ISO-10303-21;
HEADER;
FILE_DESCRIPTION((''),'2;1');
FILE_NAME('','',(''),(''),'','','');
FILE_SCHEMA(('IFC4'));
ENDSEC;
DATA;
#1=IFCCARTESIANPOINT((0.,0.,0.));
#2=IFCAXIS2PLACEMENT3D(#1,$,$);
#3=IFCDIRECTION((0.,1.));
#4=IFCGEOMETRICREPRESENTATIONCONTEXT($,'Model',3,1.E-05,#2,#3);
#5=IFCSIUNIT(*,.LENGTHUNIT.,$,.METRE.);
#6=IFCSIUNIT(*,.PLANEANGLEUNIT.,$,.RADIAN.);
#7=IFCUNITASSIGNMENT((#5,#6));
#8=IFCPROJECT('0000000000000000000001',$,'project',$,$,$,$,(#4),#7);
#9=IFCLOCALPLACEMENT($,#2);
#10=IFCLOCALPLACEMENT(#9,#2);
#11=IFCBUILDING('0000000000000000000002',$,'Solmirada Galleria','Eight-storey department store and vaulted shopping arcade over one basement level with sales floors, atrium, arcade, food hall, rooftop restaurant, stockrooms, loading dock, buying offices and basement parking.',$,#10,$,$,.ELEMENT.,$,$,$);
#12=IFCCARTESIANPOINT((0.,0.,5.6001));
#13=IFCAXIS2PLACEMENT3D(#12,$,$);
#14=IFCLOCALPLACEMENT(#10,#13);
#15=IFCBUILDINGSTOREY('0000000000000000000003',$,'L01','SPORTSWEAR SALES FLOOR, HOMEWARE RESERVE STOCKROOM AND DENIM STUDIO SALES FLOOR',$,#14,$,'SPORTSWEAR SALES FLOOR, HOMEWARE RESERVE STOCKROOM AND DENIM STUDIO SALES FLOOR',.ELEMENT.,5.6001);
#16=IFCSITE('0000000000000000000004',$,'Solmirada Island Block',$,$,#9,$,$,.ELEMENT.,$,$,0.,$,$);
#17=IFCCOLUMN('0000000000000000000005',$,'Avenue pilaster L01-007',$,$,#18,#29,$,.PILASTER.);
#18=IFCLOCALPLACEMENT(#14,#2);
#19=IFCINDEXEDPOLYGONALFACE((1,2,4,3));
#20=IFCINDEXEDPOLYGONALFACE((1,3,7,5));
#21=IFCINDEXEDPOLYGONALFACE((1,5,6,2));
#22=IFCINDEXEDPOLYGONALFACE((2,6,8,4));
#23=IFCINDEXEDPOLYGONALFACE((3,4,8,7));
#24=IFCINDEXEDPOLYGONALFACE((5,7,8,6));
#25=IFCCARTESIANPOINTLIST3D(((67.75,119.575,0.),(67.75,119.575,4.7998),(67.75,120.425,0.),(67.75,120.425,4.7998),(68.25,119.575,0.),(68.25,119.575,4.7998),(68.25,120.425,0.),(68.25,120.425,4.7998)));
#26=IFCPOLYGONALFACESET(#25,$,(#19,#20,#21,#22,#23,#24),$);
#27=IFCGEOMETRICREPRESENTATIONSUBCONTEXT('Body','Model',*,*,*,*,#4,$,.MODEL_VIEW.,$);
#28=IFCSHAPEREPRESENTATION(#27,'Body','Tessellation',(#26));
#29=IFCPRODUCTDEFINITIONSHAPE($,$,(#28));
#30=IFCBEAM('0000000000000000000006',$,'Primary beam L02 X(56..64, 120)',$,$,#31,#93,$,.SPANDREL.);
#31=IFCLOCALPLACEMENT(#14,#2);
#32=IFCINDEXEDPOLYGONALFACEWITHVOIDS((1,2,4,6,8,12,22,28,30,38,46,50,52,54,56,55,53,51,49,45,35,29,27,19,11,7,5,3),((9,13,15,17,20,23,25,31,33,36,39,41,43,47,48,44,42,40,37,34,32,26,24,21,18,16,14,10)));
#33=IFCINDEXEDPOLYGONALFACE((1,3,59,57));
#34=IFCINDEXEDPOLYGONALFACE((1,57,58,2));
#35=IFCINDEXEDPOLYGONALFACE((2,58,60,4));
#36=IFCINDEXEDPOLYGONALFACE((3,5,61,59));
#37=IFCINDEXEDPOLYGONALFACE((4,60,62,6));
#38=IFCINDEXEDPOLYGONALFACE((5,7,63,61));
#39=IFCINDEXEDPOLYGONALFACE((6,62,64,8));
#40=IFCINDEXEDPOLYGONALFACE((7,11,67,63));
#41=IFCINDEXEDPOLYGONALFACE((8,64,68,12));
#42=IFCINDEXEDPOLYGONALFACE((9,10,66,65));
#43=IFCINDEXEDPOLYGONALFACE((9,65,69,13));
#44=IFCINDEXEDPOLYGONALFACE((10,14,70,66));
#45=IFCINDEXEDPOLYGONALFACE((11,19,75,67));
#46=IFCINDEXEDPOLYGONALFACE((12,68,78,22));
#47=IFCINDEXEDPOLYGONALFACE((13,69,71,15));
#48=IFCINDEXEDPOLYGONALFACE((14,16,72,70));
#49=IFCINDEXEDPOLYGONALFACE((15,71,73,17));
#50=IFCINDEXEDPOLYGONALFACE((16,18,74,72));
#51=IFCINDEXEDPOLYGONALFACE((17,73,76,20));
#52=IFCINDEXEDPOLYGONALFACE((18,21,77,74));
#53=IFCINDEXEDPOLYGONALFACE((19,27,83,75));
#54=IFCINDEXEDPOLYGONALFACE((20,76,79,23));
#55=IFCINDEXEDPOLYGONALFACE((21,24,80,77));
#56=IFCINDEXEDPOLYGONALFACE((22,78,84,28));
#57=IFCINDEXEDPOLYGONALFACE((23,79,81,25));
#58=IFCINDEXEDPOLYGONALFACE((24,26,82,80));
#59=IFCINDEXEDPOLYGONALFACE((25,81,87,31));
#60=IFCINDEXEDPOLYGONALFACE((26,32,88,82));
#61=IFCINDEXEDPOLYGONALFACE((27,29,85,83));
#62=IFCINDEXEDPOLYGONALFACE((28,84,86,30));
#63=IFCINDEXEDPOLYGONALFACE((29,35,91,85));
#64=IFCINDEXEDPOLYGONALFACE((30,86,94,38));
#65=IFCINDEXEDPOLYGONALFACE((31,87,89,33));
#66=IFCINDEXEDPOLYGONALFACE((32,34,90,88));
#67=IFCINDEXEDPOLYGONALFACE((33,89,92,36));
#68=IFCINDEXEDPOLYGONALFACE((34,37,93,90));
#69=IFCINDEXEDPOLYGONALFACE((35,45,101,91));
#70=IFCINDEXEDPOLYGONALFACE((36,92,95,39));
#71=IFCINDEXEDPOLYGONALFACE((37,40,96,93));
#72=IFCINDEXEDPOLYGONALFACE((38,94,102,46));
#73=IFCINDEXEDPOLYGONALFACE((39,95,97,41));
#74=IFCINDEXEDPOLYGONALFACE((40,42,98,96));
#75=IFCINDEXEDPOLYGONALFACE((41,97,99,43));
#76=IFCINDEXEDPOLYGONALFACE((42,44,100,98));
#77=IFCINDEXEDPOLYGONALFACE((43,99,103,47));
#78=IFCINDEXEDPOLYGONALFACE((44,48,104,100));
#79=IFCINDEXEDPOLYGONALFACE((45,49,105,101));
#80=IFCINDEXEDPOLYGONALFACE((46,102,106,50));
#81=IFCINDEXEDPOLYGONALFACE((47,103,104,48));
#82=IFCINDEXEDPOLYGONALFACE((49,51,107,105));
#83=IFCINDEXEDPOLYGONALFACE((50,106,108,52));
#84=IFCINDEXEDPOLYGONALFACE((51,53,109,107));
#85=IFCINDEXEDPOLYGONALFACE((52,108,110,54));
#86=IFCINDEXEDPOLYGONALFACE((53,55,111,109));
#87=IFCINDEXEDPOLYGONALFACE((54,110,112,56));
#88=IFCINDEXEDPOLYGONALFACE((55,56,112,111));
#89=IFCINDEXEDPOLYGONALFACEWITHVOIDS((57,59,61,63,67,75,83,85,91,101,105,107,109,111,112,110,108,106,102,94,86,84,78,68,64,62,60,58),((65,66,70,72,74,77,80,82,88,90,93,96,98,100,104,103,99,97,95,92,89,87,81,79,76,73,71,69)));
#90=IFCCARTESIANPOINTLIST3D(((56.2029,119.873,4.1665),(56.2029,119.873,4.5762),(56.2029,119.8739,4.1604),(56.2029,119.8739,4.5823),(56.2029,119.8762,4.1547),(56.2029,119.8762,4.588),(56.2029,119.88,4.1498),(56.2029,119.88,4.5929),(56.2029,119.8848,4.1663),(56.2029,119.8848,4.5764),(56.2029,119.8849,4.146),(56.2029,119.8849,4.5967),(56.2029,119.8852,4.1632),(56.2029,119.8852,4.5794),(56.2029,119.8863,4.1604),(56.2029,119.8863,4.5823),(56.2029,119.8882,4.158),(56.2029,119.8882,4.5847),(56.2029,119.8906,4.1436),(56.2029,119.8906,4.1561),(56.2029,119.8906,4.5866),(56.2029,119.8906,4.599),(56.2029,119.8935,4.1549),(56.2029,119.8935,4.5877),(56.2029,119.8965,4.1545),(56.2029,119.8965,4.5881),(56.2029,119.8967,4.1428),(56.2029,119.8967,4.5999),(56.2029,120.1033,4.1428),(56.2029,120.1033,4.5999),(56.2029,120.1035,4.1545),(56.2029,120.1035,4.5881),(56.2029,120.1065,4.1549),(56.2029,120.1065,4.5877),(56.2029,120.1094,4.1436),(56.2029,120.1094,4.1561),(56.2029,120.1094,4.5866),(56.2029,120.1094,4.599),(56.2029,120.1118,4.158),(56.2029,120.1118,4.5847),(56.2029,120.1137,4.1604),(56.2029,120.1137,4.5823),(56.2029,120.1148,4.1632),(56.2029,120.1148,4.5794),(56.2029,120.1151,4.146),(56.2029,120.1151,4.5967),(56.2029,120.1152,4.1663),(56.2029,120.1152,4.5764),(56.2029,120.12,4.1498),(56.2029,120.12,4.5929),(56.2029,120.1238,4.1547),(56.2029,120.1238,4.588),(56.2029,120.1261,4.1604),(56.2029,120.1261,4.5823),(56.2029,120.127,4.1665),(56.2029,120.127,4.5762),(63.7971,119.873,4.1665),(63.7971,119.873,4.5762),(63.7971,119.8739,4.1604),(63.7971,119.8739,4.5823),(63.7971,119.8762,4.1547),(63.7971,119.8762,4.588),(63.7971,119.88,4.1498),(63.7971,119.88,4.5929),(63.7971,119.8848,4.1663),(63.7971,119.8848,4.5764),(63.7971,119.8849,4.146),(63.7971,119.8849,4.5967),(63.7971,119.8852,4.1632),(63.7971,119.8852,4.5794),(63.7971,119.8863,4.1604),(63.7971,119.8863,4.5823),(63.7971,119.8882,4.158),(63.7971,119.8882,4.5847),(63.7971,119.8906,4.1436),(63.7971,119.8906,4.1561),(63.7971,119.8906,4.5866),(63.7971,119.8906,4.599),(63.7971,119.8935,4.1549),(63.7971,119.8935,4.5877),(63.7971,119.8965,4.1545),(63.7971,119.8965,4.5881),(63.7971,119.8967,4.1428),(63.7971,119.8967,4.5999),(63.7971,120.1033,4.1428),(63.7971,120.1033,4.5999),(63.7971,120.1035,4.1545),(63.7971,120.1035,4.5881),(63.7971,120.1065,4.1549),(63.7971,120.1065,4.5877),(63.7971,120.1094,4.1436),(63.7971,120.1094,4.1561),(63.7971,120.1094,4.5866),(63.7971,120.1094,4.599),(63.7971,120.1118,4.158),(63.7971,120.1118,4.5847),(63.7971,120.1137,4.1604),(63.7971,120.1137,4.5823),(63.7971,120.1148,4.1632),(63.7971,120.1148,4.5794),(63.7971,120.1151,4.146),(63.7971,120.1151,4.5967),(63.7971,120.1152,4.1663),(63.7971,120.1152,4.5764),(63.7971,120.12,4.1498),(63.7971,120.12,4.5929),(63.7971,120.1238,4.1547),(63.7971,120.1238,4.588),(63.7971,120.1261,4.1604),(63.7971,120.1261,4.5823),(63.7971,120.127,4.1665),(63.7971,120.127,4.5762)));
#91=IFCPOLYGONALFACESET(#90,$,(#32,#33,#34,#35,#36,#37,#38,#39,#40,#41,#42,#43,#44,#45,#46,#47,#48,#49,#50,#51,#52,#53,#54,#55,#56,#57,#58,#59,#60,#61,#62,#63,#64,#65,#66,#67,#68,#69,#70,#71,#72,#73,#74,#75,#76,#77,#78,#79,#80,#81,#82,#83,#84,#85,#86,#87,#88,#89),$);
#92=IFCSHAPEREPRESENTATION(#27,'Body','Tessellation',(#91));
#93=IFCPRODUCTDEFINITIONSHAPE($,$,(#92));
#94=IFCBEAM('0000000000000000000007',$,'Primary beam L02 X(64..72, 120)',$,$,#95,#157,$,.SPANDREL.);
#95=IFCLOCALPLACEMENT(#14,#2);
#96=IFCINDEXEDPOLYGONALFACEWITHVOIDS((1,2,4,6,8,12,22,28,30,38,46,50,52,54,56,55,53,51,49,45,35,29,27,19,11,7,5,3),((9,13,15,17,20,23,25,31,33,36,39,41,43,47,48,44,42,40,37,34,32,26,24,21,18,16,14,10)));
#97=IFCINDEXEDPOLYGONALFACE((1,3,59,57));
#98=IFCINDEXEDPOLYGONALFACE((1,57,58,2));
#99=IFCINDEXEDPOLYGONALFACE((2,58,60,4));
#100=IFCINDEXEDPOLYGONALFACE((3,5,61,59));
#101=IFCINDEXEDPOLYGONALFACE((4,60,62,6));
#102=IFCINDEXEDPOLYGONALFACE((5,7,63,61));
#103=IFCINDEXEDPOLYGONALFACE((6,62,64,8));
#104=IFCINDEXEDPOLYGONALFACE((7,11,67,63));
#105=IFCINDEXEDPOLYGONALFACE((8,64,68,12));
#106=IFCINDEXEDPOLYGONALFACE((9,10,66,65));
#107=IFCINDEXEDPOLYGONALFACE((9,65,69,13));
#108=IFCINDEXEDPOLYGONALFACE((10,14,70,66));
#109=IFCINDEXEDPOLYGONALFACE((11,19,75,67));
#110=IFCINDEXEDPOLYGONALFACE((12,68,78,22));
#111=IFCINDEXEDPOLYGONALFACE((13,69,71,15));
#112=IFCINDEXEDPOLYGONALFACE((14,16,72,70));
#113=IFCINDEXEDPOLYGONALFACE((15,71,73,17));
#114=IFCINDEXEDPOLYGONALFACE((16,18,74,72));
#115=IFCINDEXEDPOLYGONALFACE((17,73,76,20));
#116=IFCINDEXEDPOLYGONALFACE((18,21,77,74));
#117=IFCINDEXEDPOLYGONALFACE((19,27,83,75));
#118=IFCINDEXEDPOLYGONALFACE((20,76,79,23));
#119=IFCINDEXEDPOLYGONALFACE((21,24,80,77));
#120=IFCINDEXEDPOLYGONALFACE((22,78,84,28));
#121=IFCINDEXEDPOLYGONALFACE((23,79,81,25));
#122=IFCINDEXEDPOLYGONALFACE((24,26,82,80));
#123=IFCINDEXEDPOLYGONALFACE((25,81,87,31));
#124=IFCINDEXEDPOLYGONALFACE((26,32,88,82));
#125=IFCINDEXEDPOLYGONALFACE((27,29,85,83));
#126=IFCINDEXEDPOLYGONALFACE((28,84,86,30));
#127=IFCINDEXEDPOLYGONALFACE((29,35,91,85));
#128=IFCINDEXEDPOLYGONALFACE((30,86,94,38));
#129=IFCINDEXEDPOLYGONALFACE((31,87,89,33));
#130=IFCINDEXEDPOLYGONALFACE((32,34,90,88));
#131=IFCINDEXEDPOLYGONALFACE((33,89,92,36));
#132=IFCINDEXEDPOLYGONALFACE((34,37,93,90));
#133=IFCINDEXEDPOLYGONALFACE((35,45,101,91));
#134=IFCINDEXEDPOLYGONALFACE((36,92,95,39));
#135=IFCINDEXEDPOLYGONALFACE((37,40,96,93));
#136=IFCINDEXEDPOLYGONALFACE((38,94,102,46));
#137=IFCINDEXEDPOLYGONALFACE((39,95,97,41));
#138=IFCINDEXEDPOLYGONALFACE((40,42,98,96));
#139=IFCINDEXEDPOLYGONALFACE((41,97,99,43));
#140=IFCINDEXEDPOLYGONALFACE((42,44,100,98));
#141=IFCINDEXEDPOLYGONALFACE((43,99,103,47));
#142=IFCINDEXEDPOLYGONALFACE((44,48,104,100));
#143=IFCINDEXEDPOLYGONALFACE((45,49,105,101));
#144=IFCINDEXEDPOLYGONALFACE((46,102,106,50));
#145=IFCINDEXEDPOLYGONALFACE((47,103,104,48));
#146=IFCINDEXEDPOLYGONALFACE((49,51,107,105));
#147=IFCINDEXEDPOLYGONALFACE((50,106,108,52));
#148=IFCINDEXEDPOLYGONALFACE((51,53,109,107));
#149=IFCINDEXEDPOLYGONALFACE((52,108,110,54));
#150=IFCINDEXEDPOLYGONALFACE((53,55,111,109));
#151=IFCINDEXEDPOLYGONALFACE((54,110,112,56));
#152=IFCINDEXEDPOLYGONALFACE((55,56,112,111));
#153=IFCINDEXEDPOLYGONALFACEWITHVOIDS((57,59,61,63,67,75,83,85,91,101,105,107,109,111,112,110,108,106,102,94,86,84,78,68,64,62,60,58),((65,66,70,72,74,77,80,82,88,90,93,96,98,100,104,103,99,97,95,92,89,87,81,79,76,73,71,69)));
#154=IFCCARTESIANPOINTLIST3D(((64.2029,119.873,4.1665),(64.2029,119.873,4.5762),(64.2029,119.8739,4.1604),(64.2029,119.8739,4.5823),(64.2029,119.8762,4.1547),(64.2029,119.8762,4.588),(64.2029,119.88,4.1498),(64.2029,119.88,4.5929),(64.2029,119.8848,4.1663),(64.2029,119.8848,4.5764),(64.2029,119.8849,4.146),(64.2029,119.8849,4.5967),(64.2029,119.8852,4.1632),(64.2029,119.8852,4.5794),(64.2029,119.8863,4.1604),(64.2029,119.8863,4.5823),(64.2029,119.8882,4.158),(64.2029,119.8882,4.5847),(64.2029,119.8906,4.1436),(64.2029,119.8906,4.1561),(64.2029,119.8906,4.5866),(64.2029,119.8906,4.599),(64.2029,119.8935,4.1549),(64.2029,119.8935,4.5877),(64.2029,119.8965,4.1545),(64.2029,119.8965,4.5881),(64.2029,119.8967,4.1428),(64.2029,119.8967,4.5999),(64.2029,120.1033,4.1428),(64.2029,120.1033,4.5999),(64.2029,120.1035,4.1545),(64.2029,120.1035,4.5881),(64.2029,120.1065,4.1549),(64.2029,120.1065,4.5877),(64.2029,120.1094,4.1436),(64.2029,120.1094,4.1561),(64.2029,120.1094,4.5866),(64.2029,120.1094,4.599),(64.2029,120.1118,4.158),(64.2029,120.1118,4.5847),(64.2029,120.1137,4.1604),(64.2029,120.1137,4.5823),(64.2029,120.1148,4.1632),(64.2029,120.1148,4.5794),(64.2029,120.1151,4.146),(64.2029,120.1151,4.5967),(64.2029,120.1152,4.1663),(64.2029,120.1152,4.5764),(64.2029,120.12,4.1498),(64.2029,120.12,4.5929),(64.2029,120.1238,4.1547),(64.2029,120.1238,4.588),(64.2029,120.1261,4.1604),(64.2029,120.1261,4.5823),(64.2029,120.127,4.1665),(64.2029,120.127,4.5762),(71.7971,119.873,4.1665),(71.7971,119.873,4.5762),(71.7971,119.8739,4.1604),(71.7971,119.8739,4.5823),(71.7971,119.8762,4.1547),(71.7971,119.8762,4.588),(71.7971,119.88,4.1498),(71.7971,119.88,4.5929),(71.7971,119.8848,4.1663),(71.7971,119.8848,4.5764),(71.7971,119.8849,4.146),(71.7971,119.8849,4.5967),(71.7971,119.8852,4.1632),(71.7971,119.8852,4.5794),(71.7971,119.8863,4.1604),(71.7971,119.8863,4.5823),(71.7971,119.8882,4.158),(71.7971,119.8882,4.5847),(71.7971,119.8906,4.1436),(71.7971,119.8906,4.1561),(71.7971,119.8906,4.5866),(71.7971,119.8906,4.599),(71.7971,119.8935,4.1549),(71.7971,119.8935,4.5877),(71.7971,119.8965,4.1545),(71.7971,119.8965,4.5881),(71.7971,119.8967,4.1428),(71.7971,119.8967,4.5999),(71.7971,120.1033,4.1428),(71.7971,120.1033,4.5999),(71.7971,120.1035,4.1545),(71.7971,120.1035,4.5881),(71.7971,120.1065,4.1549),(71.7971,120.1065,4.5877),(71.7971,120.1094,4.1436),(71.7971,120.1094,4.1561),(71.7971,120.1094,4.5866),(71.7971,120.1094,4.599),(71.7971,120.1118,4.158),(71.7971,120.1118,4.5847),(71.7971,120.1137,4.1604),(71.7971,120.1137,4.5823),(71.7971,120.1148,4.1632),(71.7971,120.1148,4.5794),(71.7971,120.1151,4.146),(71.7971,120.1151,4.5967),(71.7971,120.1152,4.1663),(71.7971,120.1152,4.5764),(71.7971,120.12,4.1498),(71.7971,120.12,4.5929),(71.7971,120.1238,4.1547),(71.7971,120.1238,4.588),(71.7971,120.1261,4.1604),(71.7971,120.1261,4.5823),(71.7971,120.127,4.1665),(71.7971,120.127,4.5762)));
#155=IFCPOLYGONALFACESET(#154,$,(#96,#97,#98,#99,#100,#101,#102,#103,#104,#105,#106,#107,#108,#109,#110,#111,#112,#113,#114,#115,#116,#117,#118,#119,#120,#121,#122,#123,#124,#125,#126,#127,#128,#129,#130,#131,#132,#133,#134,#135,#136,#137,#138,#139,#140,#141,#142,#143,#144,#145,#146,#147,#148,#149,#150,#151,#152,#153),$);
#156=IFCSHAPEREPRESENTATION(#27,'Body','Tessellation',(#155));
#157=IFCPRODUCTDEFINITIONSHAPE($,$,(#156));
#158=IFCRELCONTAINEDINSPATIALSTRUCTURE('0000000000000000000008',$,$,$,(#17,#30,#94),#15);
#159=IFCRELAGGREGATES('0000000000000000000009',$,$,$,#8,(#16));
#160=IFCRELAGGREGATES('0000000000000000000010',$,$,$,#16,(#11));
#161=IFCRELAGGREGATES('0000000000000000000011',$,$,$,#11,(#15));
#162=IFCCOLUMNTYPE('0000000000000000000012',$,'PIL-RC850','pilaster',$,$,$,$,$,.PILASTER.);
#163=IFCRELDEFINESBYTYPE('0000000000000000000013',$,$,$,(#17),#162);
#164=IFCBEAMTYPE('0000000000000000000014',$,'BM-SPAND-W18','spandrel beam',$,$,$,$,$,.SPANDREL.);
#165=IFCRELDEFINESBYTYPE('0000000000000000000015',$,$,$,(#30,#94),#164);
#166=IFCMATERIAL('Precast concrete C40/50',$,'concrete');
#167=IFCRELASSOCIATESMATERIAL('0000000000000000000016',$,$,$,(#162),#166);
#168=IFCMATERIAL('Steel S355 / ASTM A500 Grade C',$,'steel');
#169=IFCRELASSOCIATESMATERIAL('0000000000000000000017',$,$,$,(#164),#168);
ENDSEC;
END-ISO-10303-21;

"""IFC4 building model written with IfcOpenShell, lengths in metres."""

from ifc_helpers import new_model, si_unit, direction, frame, origin, origin_2d, place, context, subcontext, project, spatial, rectangle, hollow_rectangle, extrude, material, material_profile, profile_set, type_object, element, save


model = new_model("IFC4")

# Units and contexts
model_context = context("Model", 3, precision=1e-05, world=origin(), true_north=direction((0.0, 1.0)))
body_context = subcontext(model_context, "Body", "Model", "MODEL_VIEW")
ifc_project = project(units=[si_unit("LENGTHUNIT", "METRE"), si_unit("PLANEANGLEUNIT", "RADIAN")], contexts=[model_context])

# Site, building, storey
site_placement = place(None, origin())
site = spatial("IfcSite", under=ifc_project, at=site_placement, Name="Solmirada Island Block", CompositionType="ELEMENT", RefElevation=0.0)
building_placement = place(site_placement, origin())
building = spatial("IfcBuilding", under=site, at=building_placement, Name="Solmirada Galleria", Description="Eight-storey department store and vaulted shopping arcade over one basement level with sales floors, atrium, arcade, food hall, rooftop restaurant, stockrooms, loading dock, buying offices and basement parking.", CompositionType="ELEMENT")
storey_placement = place(building_placement, frame((0.0, 0.0, 5.6001)))
storey = spatial("IfcBuildingStorey", under=building, at=storey_placement, Name="L01", Description="SPORTSWEAR SALES FLOOR, HOMEWARE RESERVE STOCKROOM AND DENIM STUDIO SALES FLOOR", LongName="SPORTSWEAR SALES FLOOR, HOMEWARE RESERVE STOCKROOM AND DENIM STUDIO SALES FLOOR", CompositionType="ELEMENT", Elevation=5.6001)

# Column
ifc_material_1 = material(Name="Steel S355 / ASTM A500 Grade C", Category="steel")
ifc_material_2 = material(Name="Precast concrete C40/50", Category="concrete")
ifc_material_profile_1 = material_profile(ifc_material_2, rectangle(XDim=0.5, YDim=0.8501, at=origin_2d()), Name="RC850X500")
ifc_profile_set_1 = profile_set([ifc_material_profile_1], Name="Precast concrete C40/50")
column_type_1 = type_object("IfcColumnType", Name="PIL-RC850", Description="pilaster", PredefinedType="PILASTER", material=ifc_profile_set_1)
column_placement = place(storey_placement, frame((68.0, 120.0, 0.0), z_axis=(0.0, 0.0, 1.0), x_axis=(1.0, 0.0, 0.0)))
element("IfcColumn", 1, at=column_placement, inside=storey, type_object=column_type_1, Name="Avenue pilaster L01-007", PredefinedType="PILASTER", context=body_context, shape_type="SweptSolid", body=[
    extrude(rectangle(XDim=0.5, YDim=0.8501, at=origin_2d()), origin(), (0.0, 0.0, 1.0), 4.7998),
])

# Beams
ifc_material_profile_2 = material_profile(ifc_material_1, hollow_rectangle(XDim=0.2539, YDim=0.457, WallThickness=0.0117, InnerFilletRadius=0.0117, OuterFilletRadius=0.0237, at=origin_2d()), Name="HSS18X10X1/2")
ifc_profile_set_2 = profile_set([ifc_material_profile_2], Name="Steel S355 / ASTM A500 Grade C")
beam_type = type_object("IfcBeamType", Name="BM-SPAND-W18", Description="spandrel beam", PredefinedType="SPANDREL", material=ifc_profile_set_2)
for number, where, z_axis, x_axis, name in (
    (2, (56.2029, 120.0, 4.3713), (1.0, 0.0, 0.0), (0.0, 1.0, 0.0), "Primary beam L02 X(56..64, 120)"),
    (3, (64.2029, 120.0, 4.3713), (1.0, 0.0, 0.0), (0.0, 1.0, 0.0), "Primary beam L02 X(64..72, 120)"),
):
    element("IfcBeam", number, at=place(storey_placement, frame(where, z_axis=z_axis, x_axis=x_axis)), inside=storey, type_object=beam_type, Name=name, PredefinedType="SPANDREL", context=body_context, shape_type="SweptSolid", body=[
        extrude(hollow_rectangle(XDim=0.2539, YDim=0.457, WallThickness=0.0117, InnerFilletRadius=0.0117, OuterFilletRadius=0.0237, at=origin_2d()), origin(), (0.0, 0.0, 1.0), 7.5942),
    ])

save(model, "model.ifc")
